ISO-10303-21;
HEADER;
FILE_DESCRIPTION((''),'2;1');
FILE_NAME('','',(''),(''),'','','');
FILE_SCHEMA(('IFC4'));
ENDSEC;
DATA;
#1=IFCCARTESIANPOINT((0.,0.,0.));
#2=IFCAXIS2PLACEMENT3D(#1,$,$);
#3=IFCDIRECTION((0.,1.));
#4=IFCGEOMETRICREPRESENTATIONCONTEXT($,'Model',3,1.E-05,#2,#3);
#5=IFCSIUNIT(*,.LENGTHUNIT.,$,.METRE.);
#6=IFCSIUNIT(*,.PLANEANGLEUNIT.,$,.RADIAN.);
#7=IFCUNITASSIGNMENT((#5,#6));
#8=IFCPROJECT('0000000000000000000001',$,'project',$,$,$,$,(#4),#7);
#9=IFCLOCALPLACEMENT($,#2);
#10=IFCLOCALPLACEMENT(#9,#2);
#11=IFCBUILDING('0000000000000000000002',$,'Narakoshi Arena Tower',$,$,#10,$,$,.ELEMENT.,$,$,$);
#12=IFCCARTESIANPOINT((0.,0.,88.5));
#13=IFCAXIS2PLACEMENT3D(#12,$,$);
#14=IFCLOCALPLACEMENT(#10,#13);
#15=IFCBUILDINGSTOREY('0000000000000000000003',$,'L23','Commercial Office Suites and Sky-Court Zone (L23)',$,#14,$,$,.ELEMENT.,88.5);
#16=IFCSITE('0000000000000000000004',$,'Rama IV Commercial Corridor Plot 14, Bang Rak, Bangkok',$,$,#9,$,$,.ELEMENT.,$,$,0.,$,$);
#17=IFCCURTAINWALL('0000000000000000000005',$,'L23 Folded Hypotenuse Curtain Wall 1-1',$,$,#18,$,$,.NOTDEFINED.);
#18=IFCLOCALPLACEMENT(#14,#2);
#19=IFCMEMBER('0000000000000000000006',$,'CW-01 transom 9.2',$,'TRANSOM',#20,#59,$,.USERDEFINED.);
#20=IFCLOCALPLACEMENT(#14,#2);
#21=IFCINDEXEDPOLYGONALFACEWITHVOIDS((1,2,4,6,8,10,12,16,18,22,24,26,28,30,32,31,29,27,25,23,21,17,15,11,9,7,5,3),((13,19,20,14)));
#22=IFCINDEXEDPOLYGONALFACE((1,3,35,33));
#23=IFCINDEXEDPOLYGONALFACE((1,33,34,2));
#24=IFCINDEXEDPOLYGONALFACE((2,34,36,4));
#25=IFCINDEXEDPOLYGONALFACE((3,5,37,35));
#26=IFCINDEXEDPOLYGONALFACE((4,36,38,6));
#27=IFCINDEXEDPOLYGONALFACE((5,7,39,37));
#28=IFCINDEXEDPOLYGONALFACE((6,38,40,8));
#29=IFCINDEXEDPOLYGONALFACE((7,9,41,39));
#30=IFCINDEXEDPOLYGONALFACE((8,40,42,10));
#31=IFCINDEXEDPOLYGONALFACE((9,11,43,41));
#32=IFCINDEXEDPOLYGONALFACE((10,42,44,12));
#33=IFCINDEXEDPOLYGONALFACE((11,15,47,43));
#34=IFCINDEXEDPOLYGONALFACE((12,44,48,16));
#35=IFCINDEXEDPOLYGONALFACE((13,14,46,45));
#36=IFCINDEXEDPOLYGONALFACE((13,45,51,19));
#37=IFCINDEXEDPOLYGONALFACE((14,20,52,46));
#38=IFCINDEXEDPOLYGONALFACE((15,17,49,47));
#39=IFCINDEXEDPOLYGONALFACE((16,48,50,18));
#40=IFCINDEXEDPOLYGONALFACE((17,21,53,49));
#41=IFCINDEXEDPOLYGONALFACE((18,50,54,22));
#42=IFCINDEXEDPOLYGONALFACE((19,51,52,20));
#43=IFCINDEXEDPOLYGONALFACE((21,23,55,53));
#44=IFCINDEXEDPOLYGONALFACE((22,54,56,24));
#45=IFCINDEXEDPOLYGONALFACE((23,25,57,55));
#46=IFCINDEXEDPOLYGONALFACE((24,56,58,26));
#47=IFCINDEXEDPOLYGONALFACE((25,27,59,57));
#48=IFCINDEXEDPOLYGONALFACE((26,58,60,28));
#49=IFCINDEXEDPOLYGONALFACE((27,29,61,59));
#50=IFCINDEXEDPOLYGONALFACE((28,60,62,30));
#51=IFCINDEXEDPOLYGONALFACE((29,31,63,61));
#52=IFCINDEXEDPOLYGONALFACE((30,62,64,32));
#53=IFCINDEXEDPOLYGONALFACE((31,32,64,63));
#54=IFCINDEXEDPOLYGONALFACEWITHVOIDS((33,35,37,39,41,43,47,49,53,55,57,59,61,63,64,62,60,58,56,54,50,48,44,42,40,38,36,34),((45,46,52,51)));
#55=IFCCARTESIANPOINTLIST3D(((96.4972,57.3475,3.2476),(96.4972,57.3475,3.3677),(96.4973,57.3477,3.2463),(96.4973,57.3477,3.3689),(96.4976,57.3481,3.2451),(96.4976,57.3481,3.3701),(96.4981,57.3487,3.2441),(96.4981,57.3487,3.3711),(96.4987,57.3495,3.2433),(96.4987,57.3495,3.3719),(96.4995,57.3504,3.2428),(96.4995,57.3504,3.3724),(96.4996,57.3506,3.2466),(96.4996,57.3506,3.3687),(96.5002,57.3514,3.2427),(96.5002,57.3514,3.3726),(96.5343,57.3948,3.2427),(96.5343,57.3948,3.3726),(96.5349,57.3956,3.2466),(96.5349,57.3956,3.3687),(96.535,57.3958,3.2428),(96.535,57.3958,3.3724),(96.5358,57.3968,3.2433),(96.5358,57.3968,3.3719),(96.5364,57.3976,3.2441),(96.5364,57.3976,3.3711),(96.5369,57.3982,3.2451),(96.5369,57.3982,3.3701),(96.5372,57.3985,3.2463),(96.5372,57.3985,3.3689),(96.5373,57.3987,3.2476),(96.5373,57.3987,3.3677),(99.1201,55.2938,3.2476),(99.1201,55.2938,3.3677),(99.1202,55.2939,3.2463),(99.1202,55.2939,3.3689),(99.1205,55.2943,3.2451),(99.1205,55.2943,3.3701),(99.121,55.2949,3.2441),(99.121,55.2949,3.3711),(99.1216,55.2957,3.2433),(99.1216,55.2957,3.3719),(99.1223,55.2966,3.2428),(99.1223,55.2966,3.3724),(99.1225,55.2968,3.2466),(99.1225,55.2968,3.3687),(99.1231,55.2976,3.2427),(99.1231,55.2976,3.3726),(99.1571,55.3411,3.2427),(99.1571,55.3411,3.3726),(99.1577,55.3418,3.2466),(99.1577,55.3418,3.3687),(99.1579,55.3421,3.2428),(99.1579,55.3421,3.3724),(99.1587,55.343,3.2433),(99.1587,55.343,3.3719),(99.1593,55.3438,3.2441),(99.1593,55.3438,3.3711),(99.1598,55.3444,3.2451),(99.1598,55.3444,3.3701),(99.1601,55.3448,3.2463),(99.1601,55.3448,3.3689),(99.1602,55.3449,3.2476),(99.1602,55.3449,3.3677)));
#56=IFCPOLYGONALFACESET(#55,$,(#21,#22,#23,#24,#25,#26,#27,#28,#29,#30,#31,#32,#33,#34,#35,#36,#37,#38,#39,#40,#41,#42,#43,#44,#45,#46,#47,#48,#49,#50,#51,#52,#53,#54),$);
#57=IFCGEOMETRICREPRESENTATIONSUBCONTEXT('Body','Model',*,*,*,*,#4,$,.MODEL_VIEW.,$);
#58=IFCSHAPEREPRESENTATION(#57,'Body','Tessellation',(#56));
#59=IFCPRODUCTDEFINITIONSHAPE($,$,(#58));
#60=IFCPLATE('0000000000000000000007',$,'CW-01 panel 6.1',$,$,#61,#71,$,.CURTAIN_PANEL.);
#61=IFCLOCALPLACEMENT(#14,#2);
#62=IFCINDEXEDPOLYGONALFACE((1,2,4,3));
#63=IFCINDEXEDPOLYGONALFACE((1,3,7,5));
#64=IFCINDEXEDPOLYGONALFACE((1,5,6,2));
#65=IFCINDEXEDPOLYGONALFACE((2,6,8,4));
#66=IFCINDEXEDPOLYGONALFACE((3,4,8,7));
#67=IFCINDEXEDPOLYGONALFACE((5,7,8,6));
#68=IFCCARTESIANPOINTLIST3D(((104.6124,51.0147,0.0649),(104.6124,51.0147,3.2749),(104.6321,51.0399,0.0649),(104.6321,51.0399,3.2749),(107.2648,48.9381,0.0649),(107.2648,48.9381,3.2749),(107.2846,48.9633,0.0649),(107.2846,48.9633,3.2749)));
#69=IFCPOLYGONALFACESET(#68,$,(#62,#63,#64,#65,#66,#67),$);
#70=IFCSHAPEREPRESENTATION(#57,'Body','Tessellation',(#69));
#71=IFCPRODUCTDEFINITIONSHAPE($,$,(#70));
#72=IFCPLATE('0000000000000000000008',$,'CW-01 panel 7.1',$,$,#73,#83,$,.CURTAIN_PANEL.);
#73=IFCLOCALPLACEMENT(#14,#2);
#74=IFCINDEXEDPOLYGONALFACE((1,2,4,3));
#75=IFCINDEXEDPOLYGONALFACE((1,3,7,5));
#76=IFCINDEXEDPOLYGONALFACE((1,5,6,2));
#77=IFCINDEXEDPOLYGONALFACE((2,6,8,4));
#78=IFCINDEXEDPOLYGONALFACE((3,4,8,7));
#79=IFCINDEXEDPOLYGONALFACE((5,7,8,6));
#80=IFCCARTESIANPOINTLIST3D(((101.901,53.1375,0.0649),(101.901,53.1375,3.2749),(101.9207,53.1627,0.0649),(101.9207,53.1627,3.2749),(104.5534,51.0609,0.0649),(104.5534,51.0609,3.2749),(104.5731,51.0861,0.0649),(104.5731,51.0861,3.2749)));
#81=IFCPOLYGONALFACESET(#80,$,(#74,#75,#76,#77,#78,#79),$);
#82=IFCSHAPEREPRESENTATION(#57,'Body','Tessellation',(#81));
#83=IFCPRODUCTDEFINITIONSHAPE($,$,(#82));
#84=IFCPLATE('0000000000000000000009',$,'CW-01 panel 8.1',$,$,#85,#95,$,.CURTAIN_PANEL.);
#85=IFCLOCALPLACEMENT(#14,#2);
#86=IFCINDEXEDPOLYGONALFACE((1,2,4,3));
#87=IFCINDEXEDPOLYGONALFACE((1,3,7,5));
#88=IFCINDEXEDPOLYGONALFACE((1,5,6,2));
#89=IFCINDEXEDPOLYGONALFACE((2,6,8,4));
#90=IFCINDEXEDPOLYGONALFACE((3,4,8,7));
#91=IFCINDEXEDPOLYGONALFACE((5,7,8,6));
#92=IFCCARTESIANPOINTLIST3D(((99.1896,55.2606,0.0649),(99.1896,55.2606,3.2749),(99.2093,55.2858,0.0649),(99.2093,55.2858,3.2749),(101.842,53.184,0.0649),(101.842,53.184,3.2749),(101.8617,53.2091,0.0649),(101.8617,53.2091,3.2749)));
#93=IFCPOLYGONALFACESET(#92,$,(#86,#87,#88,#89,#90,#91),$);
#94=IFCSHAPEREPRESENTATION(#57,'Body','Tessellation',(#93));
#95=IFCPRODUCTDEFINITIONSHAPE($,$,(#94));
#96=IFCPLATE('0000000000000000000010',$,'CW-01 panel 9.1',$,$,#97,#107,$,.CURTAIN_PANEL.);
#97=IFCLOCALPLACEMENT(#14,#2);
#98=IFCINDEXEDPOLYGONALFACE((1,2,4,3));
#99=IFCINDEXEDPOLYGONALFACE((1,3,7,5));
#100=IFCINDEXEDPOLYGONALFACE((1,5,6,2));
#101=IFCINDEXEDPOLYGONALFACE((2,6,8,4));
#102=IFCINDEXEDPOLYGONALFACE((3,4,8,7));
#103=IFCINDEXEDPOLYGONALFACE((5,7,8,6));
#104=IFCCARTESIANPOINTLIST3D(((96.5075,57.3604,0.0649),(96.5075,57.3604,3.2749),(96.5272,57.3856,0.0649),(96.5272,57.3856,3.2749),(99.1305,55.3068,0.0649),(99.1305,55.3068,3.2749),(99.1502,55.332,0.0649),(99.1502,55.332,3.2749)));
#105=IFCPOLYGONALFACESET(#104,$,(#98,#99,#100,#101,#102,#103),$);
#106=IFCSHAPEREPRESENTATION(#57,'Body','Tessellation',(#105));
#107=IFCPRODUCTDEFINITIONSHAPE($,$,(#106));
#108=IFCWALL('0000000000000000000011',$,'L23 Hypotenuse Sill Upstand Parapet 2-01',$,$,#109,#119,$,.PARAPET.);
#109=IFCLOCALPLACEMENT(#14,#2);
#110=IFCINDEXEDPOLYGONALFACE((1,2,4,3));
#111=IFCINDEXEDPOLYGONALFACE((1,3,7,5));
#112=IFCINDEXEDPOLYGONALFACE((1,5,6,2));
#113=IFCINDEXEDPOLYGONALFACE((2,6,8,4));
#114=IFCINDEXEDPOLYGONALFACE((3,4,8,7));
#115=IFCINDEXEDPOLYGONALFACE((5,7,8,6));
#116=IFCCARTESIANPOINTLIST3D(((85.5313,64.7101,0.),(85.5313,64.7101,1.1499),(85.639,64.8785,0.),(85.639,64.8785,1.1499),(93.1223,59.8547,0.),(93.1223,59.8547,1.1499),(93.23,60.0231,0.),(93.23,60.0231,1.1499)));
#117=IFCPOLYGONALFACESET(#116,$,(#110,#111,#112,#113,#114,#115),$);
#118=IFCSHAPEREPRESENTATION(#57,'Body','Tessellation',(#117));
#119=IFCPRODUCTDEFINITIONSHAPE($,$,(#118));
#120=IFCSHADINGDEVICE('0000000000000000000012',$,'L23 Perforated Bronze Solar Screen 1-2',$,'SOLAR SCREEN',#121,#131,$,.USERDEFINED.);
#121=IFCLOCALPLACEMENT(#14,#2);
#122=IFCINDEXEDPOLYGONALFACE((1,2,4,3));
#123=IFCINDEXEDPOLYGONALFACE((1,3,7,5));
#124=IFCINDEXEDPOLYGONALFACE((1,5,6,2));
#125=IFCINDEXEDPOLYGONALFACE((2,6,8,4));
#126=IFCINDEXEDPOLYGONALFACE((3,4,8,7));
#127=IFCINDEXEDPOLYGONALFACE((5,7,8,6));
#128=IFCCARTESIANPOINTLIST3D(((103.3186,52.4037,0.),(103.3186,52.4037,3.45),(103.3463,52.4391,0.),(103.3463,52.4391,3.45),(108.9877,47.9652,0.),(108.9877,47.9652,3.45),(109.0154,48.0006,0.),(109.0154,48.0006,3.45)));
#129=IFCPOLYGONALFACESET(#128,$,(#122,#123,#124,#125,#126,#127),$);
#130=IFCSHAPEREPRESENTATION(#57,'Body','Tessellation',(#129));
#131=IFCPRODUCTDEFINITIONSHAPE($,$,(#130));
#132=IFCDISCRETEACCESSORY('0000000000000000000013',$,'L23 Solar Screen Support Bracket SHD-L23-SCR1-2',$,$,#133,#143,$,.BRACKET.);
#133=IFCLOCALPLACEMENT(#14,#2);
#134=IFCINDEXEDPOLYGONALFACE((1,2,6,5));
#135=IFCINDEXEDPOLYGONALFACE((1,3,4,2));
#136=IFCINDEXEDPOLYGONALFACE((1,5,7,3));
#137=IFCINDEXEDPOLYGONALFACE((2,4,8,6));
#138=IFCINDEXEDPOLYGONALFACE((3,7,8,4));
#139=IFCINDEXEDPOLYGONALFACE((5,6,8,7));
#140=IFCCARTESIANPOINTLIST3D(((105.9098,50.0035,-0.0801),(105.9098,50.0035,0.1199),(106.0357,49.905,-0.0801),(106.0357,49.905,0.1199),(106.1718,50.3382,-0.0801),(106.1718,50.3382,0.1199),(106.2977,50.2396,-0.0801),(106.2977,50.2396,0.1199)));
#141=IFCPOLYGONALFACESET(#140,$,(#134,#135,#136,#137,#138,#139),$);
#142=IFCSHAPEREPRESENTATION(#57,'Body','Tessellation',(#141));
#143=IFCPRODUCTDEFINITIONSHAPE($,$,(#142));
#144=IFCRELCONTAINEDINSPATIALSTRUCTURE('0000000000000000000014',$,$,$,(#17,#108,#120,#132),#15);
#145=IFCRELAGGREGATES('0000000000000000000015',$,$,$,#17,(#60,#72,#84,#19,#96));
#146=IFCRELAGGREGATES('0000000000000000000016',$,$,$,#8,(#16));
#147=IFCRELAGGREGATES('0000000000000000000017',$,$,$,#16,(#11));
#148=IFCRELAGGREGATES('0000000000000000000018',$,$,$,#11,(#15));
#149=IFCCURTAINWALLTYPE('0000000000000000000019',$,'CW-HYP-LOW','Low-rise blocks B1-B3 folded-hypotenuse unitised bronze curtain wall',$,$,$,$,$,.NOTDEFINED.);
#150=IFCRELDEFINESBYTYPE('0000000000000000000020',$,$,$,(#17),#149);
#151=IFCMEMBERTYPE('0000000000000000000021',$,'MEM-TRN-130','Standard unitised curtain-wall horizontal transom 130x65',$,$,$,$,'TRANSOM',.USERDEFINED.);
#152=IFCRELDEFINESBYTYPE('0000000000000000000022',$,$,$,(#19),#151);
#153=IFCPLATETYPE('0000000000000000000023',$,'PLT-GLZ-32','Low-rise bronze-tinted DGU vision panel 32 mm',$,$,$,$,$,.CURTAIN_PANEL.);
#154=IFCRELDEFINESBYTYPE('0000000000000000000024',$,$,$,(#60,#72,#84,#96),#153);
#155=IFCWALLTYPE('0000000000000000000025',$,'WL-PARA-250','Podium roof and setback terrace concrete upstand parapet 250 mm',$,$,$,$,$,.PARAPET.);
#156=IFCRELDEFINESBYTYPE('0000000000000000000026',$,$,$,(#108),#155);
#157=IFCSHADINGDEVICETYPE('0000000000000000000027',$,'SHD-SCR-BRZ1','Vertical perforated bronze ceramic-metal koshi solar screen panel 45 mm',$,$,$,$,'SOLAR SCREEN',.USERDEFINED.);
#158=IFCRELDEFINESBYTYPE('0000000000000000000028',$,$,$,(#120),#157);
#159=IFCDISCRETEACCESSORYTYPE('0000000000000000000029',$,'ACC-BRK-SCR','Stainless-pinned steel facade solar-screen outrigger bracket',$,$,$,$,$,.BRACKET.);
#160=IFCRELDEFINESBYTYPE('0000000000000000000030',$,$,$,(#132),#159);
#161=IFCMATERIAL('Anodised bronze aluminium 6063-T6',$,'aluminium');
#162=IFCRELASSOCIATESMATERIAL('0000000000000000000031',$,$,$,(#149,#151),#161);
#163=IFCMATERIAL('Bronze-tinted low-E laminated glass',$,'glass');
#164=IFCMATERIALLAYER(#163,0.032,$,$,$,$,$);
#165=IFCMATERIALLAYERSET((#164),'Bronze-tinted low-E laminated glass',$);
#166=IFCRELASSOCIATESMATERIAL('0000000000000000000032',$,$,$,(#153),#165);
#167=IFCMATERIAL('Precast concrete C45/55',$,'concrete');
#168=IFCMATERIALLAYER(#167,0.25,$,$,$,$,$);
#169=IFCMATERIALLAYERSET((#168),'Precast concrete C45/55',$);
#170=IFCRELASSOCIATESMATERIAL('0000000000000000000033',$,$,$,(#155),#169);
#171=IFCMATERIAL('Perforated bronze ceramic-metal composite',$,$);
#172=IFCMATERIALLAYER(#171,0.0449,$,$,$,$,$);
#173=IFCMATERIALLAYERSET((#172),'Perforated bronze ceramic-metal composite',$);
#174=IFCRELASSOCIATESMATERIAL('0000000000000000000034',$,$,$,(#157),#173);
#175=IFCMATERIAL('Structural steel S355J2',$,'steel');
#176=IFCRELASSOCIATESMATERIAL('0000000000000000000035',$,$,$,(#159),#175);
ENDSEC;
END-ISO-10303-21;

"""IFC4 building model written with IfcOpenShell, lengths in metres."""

from ifc_helpers import new_model, si_unit, direction, frame, frame_2d, origin, origin_2d, place, context, subcontext, project, spatial, rectangle, hollow_rectangle, extrude, material, layer, layer_set, material_profile, profile_set, type_object, element, aggregate, save


model = new_model("IFC4")

# Units and contexts
model_context = context("Model", 3, precision=1e-05, world=origin(), true_north=direction((0.0, 1.0)))
body_context = subcontext(model_context, "Body", "Model", "MODEL_VIEW")
ifc_project = project(units=[si_unit("LENGTHUNIT", "METRE"), si_unit("PLANEANGLEUNIT", "RADIAN")], contexts=[model_context])

# Site, building, storey
site_placement = place(None, origin())
site = spatial("IfcSite", under=ifc_project, at=site_placement, Name="Rama IV Commercial Corridor Plot 14, Bang Rak, Bangkok", CompositionType="ELEMENT", RefElevation=0.0)
building_placement = place(site_placement, origin())
building = spatial("IfcBuilding", under=site, at=building_placement, Name="Narakoshi Arena Tower", CompositionType="ELEMENT")
storey_placement = place(building_placement, frame((0.0, 0.0, 88.5)))
storey = spatial("IfcBuildingStorey", under=building, at=storey_placement, Name="L23", Description="Commercial Office Suites and Sky-Court Zone (L23)", CompositionType="ELEMENT", Elevation=88.5)

# Shared definitions
ifc_material_1 = material(Name="Structural steel S355J2", Category="steel")

# Curtain wall
ifc_material_2 = material(Name="Anodised bronze aluminium 6063-T6", Category="aluminium")
curtain_wall_type = type_object("IfcCurtainWallType", Name="CW-HYP-LOW", Description="Low-rise blocks B1-B3 folded-hypotenuse unitised bronze curtain wall", PredefinedType="NOTDEFINED", material=ifc_material_2)
curtain_wall_1_placement = place(storey_placement, origin())
curtain_wall_1 = element("IfcCurtainWall", 1, at=curtain_wall_1_placement, inside=storey, type_object=curtain_wall_type, Name="L23 Folded Hypotenuse Curtain Wall 1-1", PredefinedType="NOTDEFINED")

# Member
ifc_material_profile_1 = material_profile(ifc_material_2, hollow_rectangle(XDim=0.0649, YDim=0.1299, WallThickness=0.0039, OuterFilletRadius=0.0049, at=origin_2d()), Name="TRN130x65x4")
ifc_profile_set_1 = profile_set([ifc_material_profile_1], Name="Anodised bronze aluminium 6063-T6")
member_type_1 = type_object("IfcMemberType", Name="MEM-TRN-130", Description="Standard unitised curtain-wall horizontal transom 130x65", ElementType="TRANSOM", PredefinedType="USERDEFINED", material=ifc_profile_set_1)
member_1_placement = place(storey_placement, frame((99.1401, 55.3193, 3.3076), z_axis=(-0.787347, 0.61651, 0.0), x_axis=(-0.61651, -0.787347, 0.0)))
member_1 = element("IfcMember", 2, at=member_1_placement, type_object=member_type_1, Name="CW-01 transom 9.2", ObjectType="TRANSOM", PredefinedType="USERDEFINED", context=body_context, shape_type="SweptSolid", body=[
    extrude(hollow_rectangle(XDim=0.0649, YDim=0.1299, WallThickness=0.0039, OuterFilletRadius=0.0049, at=origin_2d()), origin(), (0.0, 0.0, 1.0), 3.3313),
])

# Plates
ifc_material_3 = material(Name="Bronze-tinted low-E laminated glass", Category="glass")
ifc_layer_1 = layer(ifc_material_3, 0.032)
ifc_layer_set_1 = layer_set([ifc_layer_1], Name="Bronze-tinted low-E laminated glass")
plate_type = type_object("IfcPlateType", Name="PLT-GLZ-32", Description="Low-rise bronze-tinted DGU vision panel 32 mm", PredefinedType="CURTAIN_PANEL", material=ifc_layer_set_1)
plate_1_placement = place(storey_placement, frame((105.9485, 49.989, 0.0649), z_axis=(0.0, 0.0, 1.0), x_axis=(-0.787388, 0.616458, 0.0)))
plate_1 = element("IfcPlate", 3, at=plate_1_placement, type_object=plate_type, Name="CW-01 panel 6.1", PredefinedType="CURTAIN_PANEL", context=body_context, shape_type="SweptSolid", body=[
    extrude(rectangle(XDim=3.3687, YDim=0.032, at=origin_2d()), origin(), (0.0, 0.0, 1.0), 3.21),
])
plate_2_placement = place(storey_placement, frame((103.2371, 52.1118, 0.0649), z_axis=(0.0, 0.0, 1.0), x_axis=(-0.787388, 0.616458, 0.0)))
plate_2 = element("IfcPlate", 4, at=plate_2_placement, type_object=plate_type, Name="CW-01 panel 7.1", PredefinedType="CURTAIN_PANEL", context=body_context, shape_type="SweptSolid", body=[
    extrude(rectangle(XDim=3.3687, YDim=0.032, at=origin_2d()), origin(), (0.0, 0.0, 1.0), 3.21),
])
plate_3_placement = place(storey_placement, frame((100.5256, 54.2349, 0.0649), z_axis=(0.0, 0.0, 1.0), x_axis=(-0.787388, 0.616458, 0.0)))
plate_3 = element("IfcPlate", 5, at=plate_3_placement, type_object=plate_type, Name="CW-01 panel 8.1", PredefinedType="CURTAIN_PANEL", context=body_context, shape_type="SweptSolid", body=[
    extrude(rectangle(XDim=3.3687, YDim=0.032, at=origin_2d()), origin(), (0.0, 0.0, 1.0), 3.21),
])
plate_4_placement = place(storey_placement, frame((97.8289, 56.3462, 0.0649), z_axis=(0.0, 0.0, 1.0), x_axis=(-0.787388, 0.616458, 0.0)))
plate_4 = element("IfcPlate", 6, at=plate_4_placement, type_object=plate_type, Name="CW-01 panel 9.1", PredefinedType="CURTAIN_PANEL", context=body_context, shape_type="SweptSolid", body=[
    extrude(rectangle(XDim=3.3313, YDim=0.032, at=origin_2d()), origin(), (0.0, 0.0, 1.0), 3.21),
])
aggregate(curtain_wall_1, [plate_1, plate_2, plate_3, member_1, plate_4])

# Wall
ifc_material_4 = material(Name="Precast concrete C45/55", Category="concrete")
ifc_layer_2 = layer(ifc_material_4, 0.25)
ifc_layer_set_2 = layer_set([ifc_layer_2], Name="Precast concrete C45/55")
wall_type = type_object("IfcWallType", Name="WL-PARA-250", Description="Podium roof and setback terrace concrete upstand parapet 250 mm", PredefinedType="PARAPET", material=ifc_layer_set_2)
wall_placement = place(storey_placement, frame((93.176, 59.939, 0.0), z_axis=(0.0, 0.0, 1.0), x_axis=(-0.842413, 0.538832, 0.0)))
element("IfcWall", 7, at=wall_placement, inside=storey, type_object=wall_type, Name="L23 Hypotenuse Sill Upstand Parapet 2-01", PredefinedType="PARAPET", context=body_context, shape_type="SweptSolid", body=[
    extrude(rectangle(XDim=9.011, YDim=0.2, at=frame_2d((4.5054, 0.0))), origin(), (0.0, 0.0, 1.0), 1.1499),
])

# Shading device
ifc_material_5 = material(Name="Perforated bronze ceramic-metal composite")
ifc_layer_3 = layer(ifc_material_5, 0.0449)
ifc_layer_set_3 = layer_set([ifc_layer_3], Name="Perforated bronze ceramic-metal composite")
shading_device_type = type_object("IfcShadingDeviceType", Name="SHD-SCR-BRZ1", Description="Vertical perforated bronze ceramic-metal koshi solar screen panel 45 mm", ElementType="SOLAR SCREEN", PredefinedType="USERDEFINED", material=ifc_layer_set_3)
shading_device_placement = place(storey_placement, frame((106.167, 50.2021, 0.0), z_axis=(0.0, 0.0, 1.0), x_axis=(-0.787387, 0.616459, 0.0)))
element("IfcShadingDevice", 8, at=shading_device_placement, inside=storey, type_object=shading_device_type, Name="L23 Perforated Bronze Solar Screen 1-2", ObjectType="SOLAR SCREEN", PredefinedType="USERDEFINED", context=body_context, shape_type="SweptSolid", body=[
    extrude(rectangle(XDim=7.2, YDim=0.0449, at=origin_2d()), origin(), (0.0, 0.0, 1.0), 3.45),
])

# Discrete accessory
discrete_accessory_type = type_object("IfcDiscreteAccessoryType", Name="ACC-BRK-SCR", Description="Stainless-pinned steel facade solar-screen outrigger bracket", PredefinedType="BRACKET", material=ifc_material_1)
discrete_accessory_placement = place(storey_placement, frame((106.1038, 50.1216, -0.0801), z_axis=(0.0, 0.0, 1.0), x_axis=(-0.787387, 0.616459, 0.0)))
element("IfcDiscreteAccessory", 9, at=discrete_accessory_placement, inside=storey, type_object=discrete_accessory_type, Name="L23 Solar Screen Support Bracket SHD-L23-SCR1-2", PredefinedType="BRACKET", context=body_context, shape_type="SweptSolid", body=[
    extrude(rectangle(XDim=0.1599, YDim=0.425, at=origin_2d()), origin(), (0.0, 0.0, 1.0), 0.2),
])

save(model, "model.ifc")
